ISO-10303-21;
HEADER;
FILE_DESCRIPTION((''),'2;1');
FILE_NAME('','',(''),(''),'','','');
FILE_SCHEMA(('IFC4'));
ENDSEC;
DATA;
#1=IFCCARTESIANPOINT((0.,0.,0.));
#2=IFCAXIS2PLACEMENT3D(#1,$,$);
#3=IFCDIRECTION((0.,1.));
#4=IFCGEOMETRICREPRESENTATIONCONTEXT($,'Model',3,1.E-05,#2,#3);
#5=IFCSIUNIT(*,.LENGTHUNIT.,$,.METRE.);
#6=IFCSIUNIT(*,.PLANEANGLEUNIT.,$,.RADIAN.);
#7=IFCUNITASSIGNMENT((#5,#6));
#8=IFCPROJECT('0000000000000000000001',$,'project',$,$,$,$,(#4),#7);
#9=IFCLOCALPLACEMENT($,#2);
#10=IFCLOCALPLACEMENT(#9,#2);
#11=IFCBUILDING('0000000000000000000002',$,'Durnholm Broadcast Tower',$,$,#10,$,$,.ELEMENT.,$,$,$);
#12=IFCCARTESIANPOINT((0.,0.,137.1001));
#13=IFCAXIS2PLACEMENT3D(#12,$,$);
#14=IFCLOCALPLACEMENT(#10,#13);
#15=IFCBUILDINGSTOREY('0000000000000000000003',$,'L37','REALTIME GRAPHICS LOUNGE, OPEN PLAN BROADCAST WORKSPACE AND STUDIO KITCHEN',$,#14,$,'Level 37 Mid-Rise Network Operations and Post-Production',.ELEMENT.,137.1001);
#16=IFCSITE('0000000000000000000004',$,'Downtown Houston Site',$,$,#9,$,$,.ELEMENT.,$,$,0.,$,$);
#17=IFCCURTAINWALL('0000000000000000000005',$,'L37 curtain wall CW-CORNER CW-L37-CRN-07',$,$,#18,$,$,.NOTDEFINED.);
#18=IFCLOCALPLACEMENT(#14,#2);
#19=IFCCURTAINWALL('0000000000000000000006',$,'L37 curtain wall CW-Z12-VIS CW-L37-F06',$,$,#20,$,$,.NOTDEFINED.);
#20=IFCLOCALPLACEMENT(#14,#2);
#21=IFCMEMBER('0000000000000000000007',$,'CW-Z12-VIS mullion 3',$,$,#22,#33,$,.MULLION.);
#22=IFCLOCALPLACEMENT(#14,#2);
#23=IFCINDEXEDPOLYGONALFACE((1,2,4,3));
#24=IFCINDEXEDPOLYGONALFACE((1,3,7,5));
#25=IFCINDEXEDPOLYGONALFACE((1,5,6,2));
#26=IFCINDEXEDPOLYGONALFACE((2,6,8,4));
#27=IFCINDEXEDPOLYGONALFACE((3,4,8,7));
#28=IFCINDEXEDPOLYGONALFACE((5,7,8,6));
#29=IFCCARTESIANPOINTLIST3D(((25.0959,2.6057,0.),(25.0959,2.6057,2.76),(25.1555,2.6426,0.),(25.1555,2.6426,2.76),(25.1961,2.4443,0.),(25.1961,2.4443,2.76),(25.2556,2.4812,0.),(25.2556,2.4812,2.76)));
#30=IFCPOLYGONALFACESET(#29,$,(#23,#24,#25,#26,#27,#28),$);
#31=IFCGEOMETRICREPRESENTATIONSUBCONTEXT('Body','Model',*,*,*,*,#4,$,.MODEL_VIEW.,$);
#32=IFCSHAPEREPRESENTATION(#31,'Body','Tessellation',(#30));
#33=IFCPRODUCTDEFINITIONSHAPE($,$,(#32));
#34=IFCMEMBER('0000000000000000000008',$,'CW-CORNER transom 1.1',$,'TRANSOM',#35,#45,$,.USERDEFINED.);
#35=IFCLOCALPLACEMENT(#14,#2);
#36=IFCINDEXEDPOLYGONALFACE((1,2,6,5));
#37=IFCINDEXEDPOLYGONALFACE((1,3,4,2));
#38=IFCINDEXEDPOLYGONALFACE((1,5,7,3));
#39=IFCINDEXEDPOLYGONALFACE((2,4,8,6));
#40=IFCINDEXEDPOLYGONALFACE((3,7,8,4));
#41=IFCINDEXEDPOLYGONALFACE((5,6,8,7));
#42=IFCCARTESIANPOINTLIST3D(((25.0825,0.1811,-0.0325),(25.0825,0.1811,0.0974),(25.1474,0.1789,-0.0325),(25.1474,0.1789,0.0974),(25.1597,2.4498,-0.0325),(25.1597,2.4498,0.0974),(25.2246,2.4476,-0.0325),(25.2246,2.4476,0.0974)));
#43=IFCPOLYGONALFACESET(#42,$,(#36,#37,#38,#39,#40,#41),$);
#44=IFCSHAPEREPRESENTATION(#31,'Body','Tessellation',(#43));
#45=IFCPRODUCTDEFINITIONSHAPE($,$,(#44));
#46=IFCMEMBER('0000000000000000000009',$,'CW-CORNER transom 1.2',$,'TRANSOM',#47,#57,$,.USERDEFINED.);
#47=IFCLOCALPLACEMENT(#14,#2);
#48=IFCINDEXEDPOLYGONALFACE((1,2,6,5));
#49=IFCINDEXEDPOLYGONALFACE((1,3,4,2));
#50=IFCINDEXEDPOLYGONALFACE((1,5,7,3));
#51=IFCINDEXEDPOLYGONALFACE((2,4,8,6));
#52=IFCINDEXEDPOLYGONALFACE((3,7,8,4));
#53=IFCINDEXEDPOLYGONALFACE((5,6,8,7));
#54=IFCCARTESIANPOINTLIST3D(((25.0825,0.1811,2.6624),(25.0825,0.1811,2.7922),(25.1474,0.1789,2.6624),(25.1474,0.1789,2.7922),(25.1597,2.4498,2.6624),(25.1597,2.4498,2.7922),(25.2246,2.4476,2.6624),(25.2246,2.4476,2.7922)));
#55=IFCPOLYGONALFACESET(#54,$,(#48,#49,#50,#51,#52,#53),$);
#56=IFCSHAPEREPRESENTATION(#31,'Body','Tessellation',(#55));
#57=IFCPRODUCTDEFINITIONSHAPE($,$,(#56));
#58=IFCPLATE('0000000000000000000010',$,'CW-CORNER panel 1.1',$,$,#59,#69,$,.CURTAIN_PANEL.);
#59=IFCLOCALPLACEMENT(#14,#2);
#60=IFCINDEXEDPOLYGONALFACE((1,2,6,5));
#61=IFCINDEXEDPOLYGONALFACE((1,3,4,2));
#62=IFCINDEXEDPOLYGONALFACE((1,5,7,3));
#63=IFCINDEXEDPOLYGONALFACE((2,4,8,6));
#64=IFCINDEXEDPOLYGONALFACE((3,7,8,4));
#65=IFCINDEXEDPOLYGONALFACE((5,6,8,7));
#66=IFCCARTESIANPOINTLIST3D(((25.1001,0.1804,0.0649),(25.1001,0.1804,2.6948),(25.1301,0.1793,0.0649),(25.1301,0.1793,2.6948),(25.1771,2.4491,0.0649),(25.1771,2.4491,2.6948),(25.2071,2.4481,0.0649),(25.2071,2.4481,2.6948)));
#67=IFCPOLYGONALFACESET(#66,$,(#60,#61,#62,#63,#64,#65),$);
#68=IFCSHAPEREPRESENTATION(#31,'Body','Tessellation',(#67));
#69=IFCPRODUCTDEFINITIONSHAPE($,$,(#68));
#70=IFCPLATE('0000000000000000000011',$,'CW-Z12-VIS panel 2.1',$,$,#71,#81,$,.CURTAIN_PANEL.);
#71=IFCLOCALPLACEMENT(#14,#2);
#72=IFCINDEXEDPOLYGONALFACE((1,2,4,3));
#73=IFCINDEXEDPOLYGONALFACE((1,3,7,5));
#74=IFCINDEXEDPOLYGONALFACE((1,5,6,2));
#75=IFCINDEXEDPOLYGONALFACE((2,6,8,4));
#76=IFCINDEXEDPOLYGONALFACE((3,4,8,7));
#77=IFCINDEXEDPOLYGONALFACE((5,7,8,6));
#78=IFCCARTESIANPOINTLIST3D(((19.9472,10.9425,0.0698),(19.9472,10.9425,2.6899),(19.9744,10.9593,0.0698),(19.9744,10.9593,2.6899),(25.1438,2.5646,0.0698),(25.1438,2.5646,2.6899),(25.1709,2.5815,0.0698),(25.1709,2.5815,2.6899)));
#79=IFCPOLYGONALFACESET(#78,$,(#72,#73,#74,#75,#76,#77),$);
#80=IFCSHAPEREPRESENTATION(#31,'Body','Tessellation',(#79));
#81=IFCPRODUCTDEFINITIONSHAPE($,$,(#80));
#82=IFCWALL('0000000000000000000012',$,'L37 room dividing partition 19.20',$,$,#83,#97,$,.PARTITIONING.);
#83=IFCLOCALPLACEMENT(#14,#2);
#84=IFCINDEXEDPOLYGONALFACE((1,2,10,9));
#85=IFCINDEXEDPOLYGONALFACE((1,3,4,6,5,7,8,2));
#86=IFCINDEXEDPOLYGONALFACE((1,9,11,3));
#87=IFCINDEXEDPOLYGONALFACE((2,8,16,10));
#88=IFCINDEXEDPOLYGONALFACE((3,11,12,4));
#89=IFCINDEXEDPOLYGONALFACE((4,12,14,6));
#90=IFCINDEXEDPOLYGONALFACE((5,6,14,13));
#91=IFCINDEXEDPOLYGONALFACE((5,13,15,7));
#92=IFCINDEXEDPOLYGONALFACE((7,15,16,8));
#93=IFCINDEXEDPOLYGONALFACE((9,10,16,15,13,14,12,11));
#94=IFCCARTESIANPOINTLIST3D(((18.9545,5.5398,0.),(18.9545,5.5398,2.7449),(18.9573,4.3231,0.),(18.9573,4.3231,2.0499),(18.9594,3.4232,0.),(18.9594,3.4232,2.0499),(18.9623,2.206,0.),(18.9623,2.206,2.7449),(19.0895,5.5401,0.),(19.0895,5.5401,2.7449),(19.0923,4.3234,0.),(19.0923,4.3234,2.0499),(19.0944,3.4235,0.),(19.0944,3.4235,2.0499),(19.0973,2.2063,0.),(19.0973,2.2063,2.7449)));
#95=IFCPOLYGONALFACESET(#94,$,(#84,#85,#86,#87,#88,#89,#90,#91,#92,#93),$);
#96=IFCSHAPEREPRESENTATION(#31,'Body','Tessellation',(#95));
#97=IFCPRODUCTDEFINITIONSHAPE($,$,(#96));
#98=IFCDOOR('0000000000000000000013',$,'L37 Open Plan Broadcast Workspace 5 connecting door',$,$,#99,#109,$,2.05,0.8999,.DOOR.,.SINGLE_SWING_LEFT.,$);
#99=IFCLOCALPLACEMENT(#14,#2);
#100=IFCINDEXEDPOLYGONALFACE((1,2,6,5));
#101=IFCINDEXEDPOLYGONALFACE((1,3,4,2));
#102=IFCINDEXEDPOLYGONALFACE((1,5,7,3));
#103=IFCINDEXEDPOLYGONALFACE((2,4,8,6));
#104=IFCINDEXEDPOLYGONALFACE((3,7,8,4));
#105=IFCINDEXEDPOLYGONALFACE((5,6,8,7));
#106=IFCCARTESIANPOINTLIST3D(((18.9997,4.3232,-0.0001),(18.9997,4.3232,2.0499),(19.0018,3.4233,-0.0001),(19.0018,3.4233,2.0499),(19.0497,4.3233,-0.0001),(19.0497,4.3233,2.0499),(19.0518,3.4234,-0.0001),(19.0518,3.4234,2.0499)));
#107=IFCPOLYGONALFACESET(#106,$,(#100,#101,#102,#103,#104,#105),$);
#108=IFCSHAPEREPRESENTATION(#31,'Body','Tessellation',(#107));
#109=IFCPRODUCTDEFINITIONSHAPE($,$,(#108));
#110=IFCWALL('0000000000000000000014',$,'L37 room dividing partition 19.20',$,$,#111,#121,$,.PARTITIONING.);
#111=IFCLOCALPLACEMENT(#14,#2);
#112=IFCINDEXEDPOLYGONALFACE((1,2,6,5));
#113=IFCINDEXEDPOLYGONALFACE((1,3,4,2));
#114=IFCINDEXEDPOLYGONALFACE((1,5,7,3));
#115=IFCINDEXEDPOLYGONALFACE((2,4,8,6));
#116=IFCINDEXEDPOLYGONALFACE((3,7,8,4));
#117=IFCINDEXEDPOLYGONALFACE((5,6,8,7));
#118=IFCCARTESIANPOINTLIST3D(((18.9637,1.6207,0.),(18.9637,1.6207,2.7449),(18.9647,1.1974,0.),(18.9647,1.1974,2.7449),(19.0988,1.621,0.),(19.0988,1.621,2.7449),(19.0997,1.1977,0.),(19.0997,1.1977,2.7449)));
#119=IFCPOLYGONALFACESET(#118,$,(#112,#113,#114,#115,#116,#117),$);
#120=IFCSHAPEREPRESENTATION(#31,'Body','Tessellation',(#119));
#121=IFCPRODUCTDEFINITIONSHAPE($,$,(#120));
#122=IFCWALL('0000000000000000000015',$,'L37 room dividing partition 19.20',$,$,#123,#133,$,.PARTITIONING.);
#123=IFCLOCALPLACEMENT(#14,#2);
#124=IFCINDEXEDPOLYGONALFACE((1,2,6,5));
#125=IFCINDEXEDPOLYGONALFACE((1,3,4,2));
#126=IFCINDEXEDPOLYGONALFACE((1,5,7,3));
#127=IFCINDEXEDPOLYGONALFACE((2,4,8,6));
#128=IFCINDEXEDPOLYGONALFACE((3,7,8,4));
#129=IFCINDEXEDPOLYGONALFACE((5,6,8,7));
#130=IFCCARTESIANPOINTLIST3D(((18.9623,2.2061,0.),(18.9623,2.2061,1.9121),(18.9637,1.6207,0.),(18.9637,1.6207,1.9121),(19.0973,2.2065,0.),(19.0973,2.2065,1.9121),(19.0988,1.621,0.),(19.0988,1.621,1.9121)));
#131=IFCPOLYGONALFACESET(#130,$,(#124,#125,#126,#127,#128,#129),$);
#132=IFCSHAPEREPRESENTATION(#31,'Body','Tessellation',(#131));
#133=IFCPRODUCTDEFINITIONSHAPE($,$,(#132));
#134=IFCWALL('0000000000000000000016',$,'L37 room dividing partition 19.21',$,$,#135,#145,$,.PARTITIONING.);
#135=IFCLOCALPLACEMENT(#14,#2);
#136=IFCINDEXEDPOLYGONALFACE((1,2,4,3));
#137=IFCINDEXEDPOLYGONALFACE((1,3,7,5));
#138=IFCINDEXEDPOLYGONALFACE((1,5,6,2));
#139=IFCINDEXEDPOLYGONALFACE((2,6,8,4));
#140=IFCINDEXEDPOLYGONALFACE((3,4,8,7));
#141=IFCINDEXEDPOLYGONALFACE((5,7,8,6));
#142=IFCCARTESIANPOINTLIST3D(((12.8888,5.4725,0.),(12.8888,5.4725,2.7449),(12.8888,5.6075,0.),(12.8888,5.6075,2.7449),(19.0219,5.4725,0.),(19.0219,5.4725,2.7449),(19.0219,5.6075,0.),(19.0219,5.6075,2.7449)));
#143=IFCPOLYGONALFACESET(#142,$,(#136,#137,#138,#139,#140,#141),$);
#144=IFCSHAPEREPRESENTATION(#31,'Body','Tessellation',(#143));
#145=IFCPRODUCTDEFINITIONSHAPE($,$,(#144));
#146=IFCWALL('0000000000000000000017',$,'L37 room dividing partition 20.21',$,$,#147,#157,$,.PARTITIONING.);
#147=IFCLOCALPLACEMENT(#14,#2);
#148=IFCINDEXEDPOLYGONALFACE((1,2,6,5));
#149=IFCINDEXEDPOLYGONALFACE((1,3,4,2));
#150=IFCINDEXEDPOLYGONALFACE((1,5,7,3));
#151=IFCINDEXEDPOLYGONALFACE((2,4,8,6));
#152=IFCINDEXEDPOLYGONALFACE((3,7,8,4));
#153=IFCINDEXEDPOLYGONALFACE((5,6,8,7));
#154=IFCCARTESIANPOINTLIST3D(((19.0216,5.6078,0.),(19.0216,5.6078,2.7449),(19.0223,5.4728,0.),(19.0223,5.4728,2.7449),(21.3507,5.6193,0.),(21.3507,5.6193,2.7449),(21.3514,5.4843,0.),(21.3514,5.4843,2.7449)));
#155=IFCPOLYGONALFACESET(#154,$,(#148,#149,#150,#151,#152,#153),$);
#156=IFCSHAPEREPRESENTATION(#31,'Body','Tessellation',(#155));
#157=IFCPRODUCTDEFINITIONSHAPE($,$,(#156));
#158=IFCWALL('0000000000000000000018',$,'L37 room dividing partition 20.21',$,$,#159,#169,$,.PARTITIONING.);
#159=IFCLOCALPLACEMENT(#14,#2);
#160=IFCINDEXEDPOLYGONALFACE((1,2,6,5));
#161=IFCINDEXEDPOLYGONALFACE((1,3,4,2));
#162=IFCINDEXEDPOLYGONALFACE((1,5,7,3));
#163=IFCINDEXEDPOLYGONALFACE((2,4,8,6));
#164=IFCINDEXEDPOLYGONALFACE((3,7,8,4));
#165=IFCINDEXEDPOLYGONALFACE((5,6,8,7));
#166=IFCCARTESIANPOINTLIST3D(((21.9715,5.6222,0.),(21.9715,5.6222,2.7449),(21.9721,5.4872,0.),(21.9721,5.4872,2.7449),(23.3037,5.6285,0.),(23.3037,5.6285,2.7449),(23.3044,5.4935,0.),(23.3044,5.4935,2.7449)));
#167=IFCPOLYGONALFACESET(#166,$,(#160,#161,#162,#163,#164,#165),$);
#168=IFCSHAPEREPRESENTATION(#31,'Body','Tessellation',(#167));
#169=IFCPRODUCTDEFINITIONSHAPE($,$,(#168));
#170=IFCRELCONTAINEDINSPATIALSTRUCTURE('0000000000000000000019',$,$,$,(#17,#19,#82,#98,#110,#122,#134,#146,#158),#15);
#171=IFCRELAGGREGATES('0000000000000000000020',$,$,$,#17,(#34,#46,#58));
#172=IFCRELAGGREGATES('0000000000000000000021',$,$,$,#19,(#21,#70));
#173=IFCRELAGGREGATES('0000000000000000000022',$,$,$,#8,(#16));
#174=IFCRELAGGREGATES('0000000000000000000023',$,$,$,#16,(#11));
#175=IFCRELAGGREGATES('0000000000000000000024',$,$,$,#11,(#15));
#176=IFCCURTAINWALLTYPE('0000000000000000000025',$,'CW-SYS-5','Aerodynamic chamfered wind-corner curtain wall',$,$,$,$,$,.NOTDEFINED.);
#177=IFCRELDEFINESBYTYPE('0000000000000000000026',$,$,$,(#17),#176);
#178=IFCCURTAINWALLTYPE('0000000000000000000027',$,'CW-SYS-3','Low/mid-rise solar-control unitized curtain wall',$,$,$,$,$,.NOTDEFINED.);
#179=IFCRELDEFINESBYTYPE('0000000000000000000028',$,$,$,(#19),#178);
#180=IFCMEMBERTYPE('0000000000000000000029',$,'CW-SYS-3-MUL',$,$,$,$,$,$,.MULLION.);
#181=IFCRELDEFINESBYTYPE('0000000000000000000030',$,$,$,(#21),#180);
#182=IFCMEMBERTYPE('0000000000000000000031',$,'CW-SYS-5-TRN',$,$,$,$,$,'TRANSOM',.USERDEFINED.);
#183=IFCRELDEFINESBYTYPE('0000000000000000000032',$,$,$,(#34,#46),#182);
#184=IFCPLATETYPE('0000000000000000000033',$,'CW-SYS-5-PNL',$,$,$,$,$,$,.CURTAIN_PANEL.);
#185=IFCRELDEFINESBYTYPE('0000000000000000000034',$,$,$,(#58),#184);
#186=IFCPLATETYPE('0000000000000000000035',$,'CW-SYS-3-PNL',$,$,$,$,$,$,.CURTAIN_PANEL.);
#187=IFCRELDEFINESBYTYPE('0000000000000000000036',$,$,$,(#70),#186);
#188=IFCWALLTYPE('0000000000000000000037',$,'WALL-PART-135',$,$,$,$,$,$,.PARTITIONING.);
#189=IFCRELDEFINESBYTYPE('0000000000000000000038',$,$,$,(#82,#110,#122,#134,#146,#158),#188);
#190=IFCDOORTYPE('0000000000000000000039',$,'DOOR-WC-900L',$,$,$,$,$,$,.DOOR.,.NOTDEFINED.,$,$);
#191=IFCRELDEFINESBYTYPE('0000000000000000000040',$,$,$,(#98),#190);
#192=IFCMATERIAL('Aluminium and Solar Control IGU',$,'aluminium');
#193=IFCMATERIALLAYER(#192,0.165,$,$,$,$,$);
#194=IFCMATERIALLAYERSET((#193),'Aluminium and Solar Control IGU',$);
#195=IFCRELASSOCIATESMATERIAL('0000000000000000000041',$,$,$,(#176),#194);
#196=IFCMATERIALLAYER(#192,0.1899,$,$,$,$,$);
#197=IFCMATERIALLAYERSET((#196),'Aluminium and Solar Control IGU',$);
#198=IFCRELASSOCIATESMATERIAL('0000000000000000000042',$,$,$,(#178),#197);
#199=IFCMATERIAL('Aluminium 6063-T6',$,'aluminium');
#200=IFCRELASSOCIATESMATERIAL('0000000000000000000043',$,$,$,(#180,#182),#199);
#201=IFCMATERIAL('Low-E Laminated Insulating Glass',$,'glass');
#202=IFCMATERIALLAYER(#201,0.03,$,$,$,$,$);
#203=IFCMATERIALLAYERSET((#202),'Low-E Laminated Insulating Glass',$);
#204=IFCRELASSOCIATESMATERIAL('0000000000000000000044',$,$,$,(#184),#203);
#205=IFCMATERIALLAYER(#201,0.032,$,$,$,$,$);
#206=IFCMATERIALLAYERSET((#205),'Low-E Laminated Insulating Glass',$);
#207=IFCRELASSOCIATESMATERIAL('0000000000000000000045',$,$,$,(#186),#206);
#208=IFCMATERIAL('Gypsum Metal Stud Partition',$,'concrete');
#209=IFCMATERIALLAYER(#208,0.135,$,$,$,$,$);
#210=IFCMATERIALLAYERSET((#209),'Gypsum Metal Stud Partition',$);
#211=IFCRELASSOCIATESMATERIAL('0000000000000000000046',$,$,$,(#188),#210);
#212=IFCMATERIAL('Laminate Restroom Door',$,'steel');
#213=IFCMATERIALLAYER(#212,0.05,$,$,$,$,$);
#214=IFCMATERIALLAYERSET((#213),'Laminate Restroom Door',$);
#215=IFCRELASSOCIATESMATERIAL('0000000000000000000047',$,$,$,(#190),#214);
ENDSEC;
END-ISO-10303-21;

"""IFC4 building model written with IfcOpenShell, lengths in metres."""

from ifc_helpers import new_model, si_unit, direction, frame, frame_2d, origin, origin_2d, place, context, subcontext, project, spatial, rectangle, extrude, source, transform, mapped, material, layer, layer_set, material_profile, profile_set, type_object, type_shapes, element, fill, aggregate, save


model = new_model("IFC4")

# Units and contexts
model_context = context("Model", 3, precision=1e-05, world=origin(), true_north=direction((0.0, 1.0)))
body_context = subcontext(model_context, "Body", "Model", "MODEL_VIEW")
ifc_project = project(units=[si_unit("LENGTHUNIT", "METRE"), si_unit("PLANEANGLEUNIT", "RADIAN")], contexts=[model_context])

# Site, building, storey
site_placement = place(None, origin())
site = spatial("IfcSite", under=ifc_project, at=site_placement, Name="Downtown Houston Site", CompositionType="ELEMENT", RefElevation=0.0)
building_placement = place(site_placement, origin())
building = spatial("IfcBuilding", under=site, at=building_placement, Name="Durnholm Broadcast Tower", CompositionType="ELEMENT")
storey_placement = place(building_placement, frame((0.0, 0.0, 137.1001)))
storey = spatial("IfcBuildingStorey", under=building, at=storey_placement, Name="L37", Description="REALTIME GRAPHICS LOUNGE, OPEN PLAN BROADCAST WORKSPACE AND STUDIO KITCHEN", LongName="Level 37 Mid-Rise Network Operations and Post-Production", CompositionType="ELEMENT", Elevation=137.1001)

# Curtain walls, member
ifc_material_1 = material(Name="Aluminium and Solar Control IGU", Category="aluminium")
ifc_layer_1 = layer(ifc_material_1, 0.165)
ifc_layer_set_1 = layer_set([ifc_layer_1], Name="Aluminium and Solar Control IGU")
curtain_wall_type_1 = type_object("IfcCurtainWallType", Name="CW-SYS-5", Description="Aerodynamic chamfered wind-corner curtain wall", PredefinedType="NOTDEFINED", material=ifc_layer_set_1)
curtain_wall_1_placement = place(storey_placement, origin())
curtain_wall_1 = element("IfcCurtainWall", 1, at=curtain_wall_1_placement, inside=storey, type_object=curtain_wall_type_1, Name="L37 curtain wall CW-CORNER CW-L37-CRN-07", PredefinedType="NOTDEFINED")
ifc_material_2 = material(Name="Aluminium 6063-T6", Category="aluminium")
ifc_layer_2 = layer(ifc_material_1, 0.1899)
ifc_layer_set_2 = layer_set([ifc_layer_2], Name="Aluminium and Solar Control IGU")
curtain_wall_type_2 = type_object("IfcCurtainWallType", Name="CW-SYS-3", Description="Low/mid-rise solar-control unitized curtain wall", PredefinedType="NOTDEFINED", material=ifc_layer_set_2)
curtain_wall_2_placement = place(storey_placement, origin())
curtain_wall_2 = element("IfcCurtainWall", 2, at=curtain_wall_2_placement, inside=storey, type_object=curtain_wall_type_2, Name="L37 curtain wall CW-Z12-VIS CW-L37-F06", PredefinedType="NOTDEFINED")
ifc_material_profile_1 = material_profile(ifc_material_2, rectangle(XDim=0.0701, YDim=0.1899, at=origin_2d()), Name="CWM70X190")
ifc_profile_set_1 = profile_set([ifc_material_profile_1], Name="Aluminium 6063-T6")
member_type_1 = type_object("IfcMemberType", Name="CW-SYS-3-MUL", PredefinedType="MULLION", material=ifc_profile_set_1)
shared_shape_1 = source(origin(), body_context, "Body", "SweptSolid", [
    extrude(rectangle(XDim=0.0701, YDim=0.1899, at=origin_2d()), origin(), (0.0, 0.0, 1.0), 2.76),
])
type_shapes(member_type_1, [shared_shape_1])
member_1_placement = place(storey_placement, frame((25.1758, 2.5435, 0.0), z_axis=(0.0, 0.0, 1.0), x_axis=(0.8498, 0.527105, 0.0)))
member_1 = element("IfcMember", 3, at=member_1_placement, type_object=member_type_1, Name="CW-Z12-VIS mullion 3", PredefinedType="MULLION", context=body_context, shape_type="MappedRepresentation", body=[
    mapped(shared_shape_1, transform((0.0, 0.0, 0.0), x_axis=(1.0, 0.0, 0.0), y_axis=(0.0, 1.0, 0.0), z_axis=(0.0, 0.0, 1.0), scale=1.0)),
])

# Members
ifc_material_profile_2 = material_profile(ifc_material_2, rectangle(XDim=0.0649, YDim=0.1299, at=origin_2d()), Name="CWT65X130")
ifc_profile_set_2 = profile_set([ifc_material_profile_2], Name="Aluminium 6063-T6")
member_type_2 = type_object("IfcMemberType", Name="CW-SYS-5-TRN", ElementType="TRANSOM", PredefinedType="USERDEFINED", material=ifc_profile_set_2)
shared_shape_2 = source(origin(), body_context, "Body", "SweptSolid", [
    extrude(rectangle(XDim=0.0649, YDim=0.1299, at=origin_2d()), origin(), (0.0, 0.0, 1.0), 2.27),
])
type_shapes(member_type_2, [shared_shape_2])
member_2_placement = place(storey_placement, frame((25.1921, 2.4487, 0.0325), z_axis=(-0.033984, -0.999422, 0.0), x_axis=(0.999422, -0.033984, 0.0)))
member_2 = element("IfcMember", 4, at=member_2_placement, type_object=member_type_2, Name="CW-CORNER transom 1.1", ObjectType="TRANSOM", PredefinedType="USERDEFINED", context=body_context, shape_type="MappedRepresentation", body=[
    mapped(shared_shape_2, transform((0.0, 0.0, 0.0), x_axis=(1.0, 0.0, 0.0), y_axis=(0.0, 1.0, 0.0), z_axis=(0.0, 0.0, 1.0), scale=1.0)),
])
member_3_placement = place(storey_placement, frame((25.1921, 2.4487, 2.7273), z_axis=(-0.033984, -0.999422, 0.0), x_axis=(0.999422, -0.033984, 0.0)))
member_3 = element("IfcMember", 5, at=member_3_placement, type_object=member_type_2, Name="CW-CORNER transom 1.2", ObjectType="TRANSOM", PredefinedType="USERDEFINED", context=body_context, shape_type="MappedRepresentation", body=[
    mapped(shared_shape_2, transform((0.0, 0.0, 0.0), x_axis=(1.0, 0.0, 0.0), y_axis=(0.0, 1.0, 0.0), z_axis=(0.0, 0.0, 1.0), scale=1.0)),
])

# Plates
ifc_material_3 = material(Name="Low-E Laminated Insulating Glass", Category="glass")
ifc_layer_3 = layer(ifc_material_3, 0.03)
ifc_layer_set_3 = layer_set([ifc_layer_3], Name="Low-E Laminated Insulating Glass")
plate_type_1 = type_object("IfcPlateType", Name="CW-SYS-5-PNL", PredefinedType="CURTAIN_PANEL", material=ifc_layer_set_3)
shared_shape_3 = source(origin(), body_context, "Body", "SweptSolid", [
    extrude(rectangle(XDim=2.27, YDim=0.03, at=origin_2d()), origin(), (0.0, 0.0, 1.0), 2.6299),
])
type_shapes(plate_type_1, [shared_shape_3])
plate_1_placement = place(storey_placement, frame((25.1536, 1.3142, 0.0649), z_axis=(0.0, 0.0, 1.0), x_axis=(-0.033917, -0.999425, 0.0)))
plate_1 = element("IfcPlate", 6, at=plate_1_placement, type_object=plate_type_1, Name="CW-CORNER panel 1.1", PredefinedType="CURTAIN_PANEL", context=body_context, shape_type="MappedRepresentation", body=[
    mapped(shared_shape_3, transform((0.0, 0.0, 0.0), x_axis=(1.0, 0.0, 0.0), y_axis=(0.0, 1.0, 0.0), z_axis=(0.0, 0.0, 1.0), scale=1.0)),
])
aggregate(curtain_wall_1, [member_2, member_3, plate_1])
ifc_layer_4 = layer(ifc_material_3, 0.032)
ifc_layer_set_4 = layer_set([ifc_layer_4], Name="Low-E Laminated Insulating Glass")
plate_type_2 = type_object("IfcPlateType", Name="CW-SYS-3-PNL", PredefinedType="CURTAIN_PANEL", material=ifc_layer_set_4)
shared_shape_4 = source(origin(), body_context, "Body", "SweptSolid", [
    extrude(rectangle(XDim=9.8586, YDim=0.032, at=origin_2d()), origin(), (0.0, 0.0, 1.0), 2.6201),
])
type_shapes(plate_type_2, [shared_shape_4])
plate_2_placement = place(storey_placement, frame((22.5591, 6.762, 0.0698), z_axis=(0.0, 0.0, 1.0), x_axis=(0.527105, -0.8498, 0.0)))
plate_2 = element("IfcPlate", 7, at=plate_2_placement, type_object=plate_type_2, Name="CW-Z12-VIS panel 2.1", PredefinedType="CURTAIN_PANEL", context=body_context, shape_type="MappedRepresentation", body=[
    mapped(shared_shape_4, transform((0.0, 0.0, 0.0), x_axis=(1.0, 0.0, 0.0), y_axis=(0.0, 1.0, 0.0), z_axis=(0.0, 0.0, 1.0), scale=1.0)),
])
aggregate(curtain_wall_2, [member_1, plate_2])

# Wall, opening, door
ifc_material_4 = material(Name="Gypsum Metal Stud Partition", Category="concrete")
ifc_layer_5 = layer(ifc_material_4, 0.135)
ifc_layer_set_5 = layer_set([ifc_layer_5], Name="Gypsum Metal Stud Partition")
wall_type_1 = type_object("IfcWallType", Name="WALL-PART-135", PredefinedType="PARTITIONING", material=ifc_layer_set_5)
wall_1_placement = place(storey_placement, frame((19.022, 5.54, 0.0), z_axis=(0.0, 0.0, 1.0), x_axis=(0.002343, -0.999997, 0.0)))
wall_1 = element("IfcWall", 8, at=wall_1_placement, inside=storey, type_object=wall_type_1, Name="L37 room dividing partition 19.20", PredefinedType="PARTITIONING", context=body_context, shape_type="SweptSolid", body=[
    extrude(rectangle(XDim=3.3337, YDim=0.135, at=frame_2d((1.667, 0.0))), origin(), (0.0, 0.0, 1.0), 2.7449),
])
opening_placement = place(wall_1_placement, frame((1.2168, 0.0, 0.0)))
opening = element("IfcOpeningElement", 9, at=opening_placement, cuts=wall_1, PredefinedType="OPENING", context=body_context, shape_type="SweptSolid", body=[
    extrude(rectangle(XDim=0.8999, YDim=2.05, at=frame_2d((0.45, 1.0249))), frame((0.0, 0.0776, 0.0), z_axis=(0.0, -1.0, 0.0), x_axis=(1.0, 0.0, 0.0)), (0.0, 0.0, 1.0), 0.155),
])
ifc_material_5 = material(Name="Laminate Restroom Door", Category="steel")
ifc_layer_6 = layer(ifc_material_5, 0.05)
ifc_layer_set_6 = layer_set([ifc_layer_6], Name="Laminate Restroom Door")
door_type = type_object("IfcDoorType", Name="DOOR-WC-900L", OperationType="NOTDEFINED", PredefinedType="DOOR", material=ifc_layer_set_6)
shared_shape_5 = source(origin(), body_context, "Body", "SweptSolid", [
    extrude(rectangle(XDim=0.8999, YDim=2.05, at=frame_2d((0.45, 1.0249))), frame((0.0, 0.0249, 0.0), z_axis=(0.0, -1.0, 0.0), x_axis=(1.0, 0.0, 0.0)), (0.0, 0.0, 1.0), 0.05),
])
type_shapes(door_type, [shared_shape_5])
door_placement = place(opening_placement, origin())
door = element("IfcDoor", 10, at=door_placement, inside=storey, type_object=door_type, Name="L37 Open Plan Broadcast Workspace 5 connecting door", OperationType="SINGLE_SWING_LEFT", OverallHeight=2.05, OverallWidth=0.8999, PredefinedType="DOOR", context=body_context, shape_type="MappedRepresentation", body=[
    mapped(shared_shape_5, transform((0.0, 0.0, 0.0), x_axis=(1.0, 0.0, 0.0), y_axis=(0.0, 1.0, 0.0), z_axis=(0.0, 0.0, 1.0), scale=1.0)),
])
fill(opening, door)

# Walls
wall_2_placement = place(storey_placement, frame((19.0312, 1.6208, 0.0), z_axis=(0.0, 0.0, 1.0), x_axis=(0.002307, -0.999997, 0.0)))
element("IfcWall", 11, at=wall_2_placement, inside=storey, type_object=wall_type_1, Name="L37 room dividing partition 19.20", PredefinedType="PARTITIONING", context=body_context, shape_type="SweptSolid", body=[
    extrude(rectangle(XDim=0.4233, YDim=0.135, at=frame_2d((0.2117, 0.0))), origin(), (0.0, 0.0, 1.0), 2.7449),
])
wall_3_placement = place(storey_placement, frame((19.0298, 2.2063, 0.0), z_axis=(0.0, 0.0, 1.0), x_axis=(0.002502, -0.999997, 0.0)))
element("IfcWall", 12, at=wall_3_placement, inside=storey, type_object=wall_type_1, Name="L37 room dividing partition 19.20", PredefinedType="PARTITIONING", context=body_context, shape_type="SweptSolid", body=[
    extrude(rectangle(XDim=0.5854, YDim=0.135, at=frame_2d((0.2927, 0.0))), origin(), (0.0, 0.0, 1.0), 1.9121),
])
wall_4_placement = place(storey_placement, frame((12.8889, 5.54, 0.0), z_axis=(0.0, 0.0, 1.0), x_axis=(1.0, 0.0, 0.0)))
element("IfcWall", 13, at=wall_4_placement, inside=storey, type_object=wall_type_1, Name="L37 room dividing partition 19.21", PredefinedType="PARTITIONING", context=body_context, shape_type="SweptSolid", body=[
    extrude(rectangle(XDim=6.1331, YDim=0.135, at=frame_2d((3.0664, 0.0))), origin(), (0.0, 0.0, 1.0), 2.7449),
])
wall_5_placement = place(storey_placement, frame((19.022, 5.5403, 0.0), z_axis=(0.0, 0.0, 1.0), x_axis=(0.999988, 0.004927, 0.0)))
element("IfcWall", 14, at=wall_5_placement, inside=storey, type_object=wall_type_1, Name="L37 room dividing partition 20.21", PredefinedType="PARTITIONING", context=body_context, shape_type="SweptSolid", body=[
    extrude(rectangle(XDim=2.3291, YDim=0.135, at=frame_2d((1.1646, 0.0))), origin(), (0.0, 0.0, 1.0), 2.7449),
])
wall_6_placement = place(storey_placement, frame((21.9719, 5.5547, 0.0), z_axis=(0.0, 0.0, 1.0), x_axis=(0.999989, 0.004764, 0.0)))
element("IfcWall", 15, at=wall_6_placement, inside=storey, type_object=wall_type_1, Name="L37 room dividing partition 20.21", PredefinedType="PARTITIONING", context=body_context, shape_type="SweptSolid", body=[
    extrude(rectangle(XDim=1.3323, YDim=0.135, at=frame_2d((0.666, 0.0))), origin(), (0.0, 0.0, 1.0), 2.7449),
])

save(model, "model.ifc")
